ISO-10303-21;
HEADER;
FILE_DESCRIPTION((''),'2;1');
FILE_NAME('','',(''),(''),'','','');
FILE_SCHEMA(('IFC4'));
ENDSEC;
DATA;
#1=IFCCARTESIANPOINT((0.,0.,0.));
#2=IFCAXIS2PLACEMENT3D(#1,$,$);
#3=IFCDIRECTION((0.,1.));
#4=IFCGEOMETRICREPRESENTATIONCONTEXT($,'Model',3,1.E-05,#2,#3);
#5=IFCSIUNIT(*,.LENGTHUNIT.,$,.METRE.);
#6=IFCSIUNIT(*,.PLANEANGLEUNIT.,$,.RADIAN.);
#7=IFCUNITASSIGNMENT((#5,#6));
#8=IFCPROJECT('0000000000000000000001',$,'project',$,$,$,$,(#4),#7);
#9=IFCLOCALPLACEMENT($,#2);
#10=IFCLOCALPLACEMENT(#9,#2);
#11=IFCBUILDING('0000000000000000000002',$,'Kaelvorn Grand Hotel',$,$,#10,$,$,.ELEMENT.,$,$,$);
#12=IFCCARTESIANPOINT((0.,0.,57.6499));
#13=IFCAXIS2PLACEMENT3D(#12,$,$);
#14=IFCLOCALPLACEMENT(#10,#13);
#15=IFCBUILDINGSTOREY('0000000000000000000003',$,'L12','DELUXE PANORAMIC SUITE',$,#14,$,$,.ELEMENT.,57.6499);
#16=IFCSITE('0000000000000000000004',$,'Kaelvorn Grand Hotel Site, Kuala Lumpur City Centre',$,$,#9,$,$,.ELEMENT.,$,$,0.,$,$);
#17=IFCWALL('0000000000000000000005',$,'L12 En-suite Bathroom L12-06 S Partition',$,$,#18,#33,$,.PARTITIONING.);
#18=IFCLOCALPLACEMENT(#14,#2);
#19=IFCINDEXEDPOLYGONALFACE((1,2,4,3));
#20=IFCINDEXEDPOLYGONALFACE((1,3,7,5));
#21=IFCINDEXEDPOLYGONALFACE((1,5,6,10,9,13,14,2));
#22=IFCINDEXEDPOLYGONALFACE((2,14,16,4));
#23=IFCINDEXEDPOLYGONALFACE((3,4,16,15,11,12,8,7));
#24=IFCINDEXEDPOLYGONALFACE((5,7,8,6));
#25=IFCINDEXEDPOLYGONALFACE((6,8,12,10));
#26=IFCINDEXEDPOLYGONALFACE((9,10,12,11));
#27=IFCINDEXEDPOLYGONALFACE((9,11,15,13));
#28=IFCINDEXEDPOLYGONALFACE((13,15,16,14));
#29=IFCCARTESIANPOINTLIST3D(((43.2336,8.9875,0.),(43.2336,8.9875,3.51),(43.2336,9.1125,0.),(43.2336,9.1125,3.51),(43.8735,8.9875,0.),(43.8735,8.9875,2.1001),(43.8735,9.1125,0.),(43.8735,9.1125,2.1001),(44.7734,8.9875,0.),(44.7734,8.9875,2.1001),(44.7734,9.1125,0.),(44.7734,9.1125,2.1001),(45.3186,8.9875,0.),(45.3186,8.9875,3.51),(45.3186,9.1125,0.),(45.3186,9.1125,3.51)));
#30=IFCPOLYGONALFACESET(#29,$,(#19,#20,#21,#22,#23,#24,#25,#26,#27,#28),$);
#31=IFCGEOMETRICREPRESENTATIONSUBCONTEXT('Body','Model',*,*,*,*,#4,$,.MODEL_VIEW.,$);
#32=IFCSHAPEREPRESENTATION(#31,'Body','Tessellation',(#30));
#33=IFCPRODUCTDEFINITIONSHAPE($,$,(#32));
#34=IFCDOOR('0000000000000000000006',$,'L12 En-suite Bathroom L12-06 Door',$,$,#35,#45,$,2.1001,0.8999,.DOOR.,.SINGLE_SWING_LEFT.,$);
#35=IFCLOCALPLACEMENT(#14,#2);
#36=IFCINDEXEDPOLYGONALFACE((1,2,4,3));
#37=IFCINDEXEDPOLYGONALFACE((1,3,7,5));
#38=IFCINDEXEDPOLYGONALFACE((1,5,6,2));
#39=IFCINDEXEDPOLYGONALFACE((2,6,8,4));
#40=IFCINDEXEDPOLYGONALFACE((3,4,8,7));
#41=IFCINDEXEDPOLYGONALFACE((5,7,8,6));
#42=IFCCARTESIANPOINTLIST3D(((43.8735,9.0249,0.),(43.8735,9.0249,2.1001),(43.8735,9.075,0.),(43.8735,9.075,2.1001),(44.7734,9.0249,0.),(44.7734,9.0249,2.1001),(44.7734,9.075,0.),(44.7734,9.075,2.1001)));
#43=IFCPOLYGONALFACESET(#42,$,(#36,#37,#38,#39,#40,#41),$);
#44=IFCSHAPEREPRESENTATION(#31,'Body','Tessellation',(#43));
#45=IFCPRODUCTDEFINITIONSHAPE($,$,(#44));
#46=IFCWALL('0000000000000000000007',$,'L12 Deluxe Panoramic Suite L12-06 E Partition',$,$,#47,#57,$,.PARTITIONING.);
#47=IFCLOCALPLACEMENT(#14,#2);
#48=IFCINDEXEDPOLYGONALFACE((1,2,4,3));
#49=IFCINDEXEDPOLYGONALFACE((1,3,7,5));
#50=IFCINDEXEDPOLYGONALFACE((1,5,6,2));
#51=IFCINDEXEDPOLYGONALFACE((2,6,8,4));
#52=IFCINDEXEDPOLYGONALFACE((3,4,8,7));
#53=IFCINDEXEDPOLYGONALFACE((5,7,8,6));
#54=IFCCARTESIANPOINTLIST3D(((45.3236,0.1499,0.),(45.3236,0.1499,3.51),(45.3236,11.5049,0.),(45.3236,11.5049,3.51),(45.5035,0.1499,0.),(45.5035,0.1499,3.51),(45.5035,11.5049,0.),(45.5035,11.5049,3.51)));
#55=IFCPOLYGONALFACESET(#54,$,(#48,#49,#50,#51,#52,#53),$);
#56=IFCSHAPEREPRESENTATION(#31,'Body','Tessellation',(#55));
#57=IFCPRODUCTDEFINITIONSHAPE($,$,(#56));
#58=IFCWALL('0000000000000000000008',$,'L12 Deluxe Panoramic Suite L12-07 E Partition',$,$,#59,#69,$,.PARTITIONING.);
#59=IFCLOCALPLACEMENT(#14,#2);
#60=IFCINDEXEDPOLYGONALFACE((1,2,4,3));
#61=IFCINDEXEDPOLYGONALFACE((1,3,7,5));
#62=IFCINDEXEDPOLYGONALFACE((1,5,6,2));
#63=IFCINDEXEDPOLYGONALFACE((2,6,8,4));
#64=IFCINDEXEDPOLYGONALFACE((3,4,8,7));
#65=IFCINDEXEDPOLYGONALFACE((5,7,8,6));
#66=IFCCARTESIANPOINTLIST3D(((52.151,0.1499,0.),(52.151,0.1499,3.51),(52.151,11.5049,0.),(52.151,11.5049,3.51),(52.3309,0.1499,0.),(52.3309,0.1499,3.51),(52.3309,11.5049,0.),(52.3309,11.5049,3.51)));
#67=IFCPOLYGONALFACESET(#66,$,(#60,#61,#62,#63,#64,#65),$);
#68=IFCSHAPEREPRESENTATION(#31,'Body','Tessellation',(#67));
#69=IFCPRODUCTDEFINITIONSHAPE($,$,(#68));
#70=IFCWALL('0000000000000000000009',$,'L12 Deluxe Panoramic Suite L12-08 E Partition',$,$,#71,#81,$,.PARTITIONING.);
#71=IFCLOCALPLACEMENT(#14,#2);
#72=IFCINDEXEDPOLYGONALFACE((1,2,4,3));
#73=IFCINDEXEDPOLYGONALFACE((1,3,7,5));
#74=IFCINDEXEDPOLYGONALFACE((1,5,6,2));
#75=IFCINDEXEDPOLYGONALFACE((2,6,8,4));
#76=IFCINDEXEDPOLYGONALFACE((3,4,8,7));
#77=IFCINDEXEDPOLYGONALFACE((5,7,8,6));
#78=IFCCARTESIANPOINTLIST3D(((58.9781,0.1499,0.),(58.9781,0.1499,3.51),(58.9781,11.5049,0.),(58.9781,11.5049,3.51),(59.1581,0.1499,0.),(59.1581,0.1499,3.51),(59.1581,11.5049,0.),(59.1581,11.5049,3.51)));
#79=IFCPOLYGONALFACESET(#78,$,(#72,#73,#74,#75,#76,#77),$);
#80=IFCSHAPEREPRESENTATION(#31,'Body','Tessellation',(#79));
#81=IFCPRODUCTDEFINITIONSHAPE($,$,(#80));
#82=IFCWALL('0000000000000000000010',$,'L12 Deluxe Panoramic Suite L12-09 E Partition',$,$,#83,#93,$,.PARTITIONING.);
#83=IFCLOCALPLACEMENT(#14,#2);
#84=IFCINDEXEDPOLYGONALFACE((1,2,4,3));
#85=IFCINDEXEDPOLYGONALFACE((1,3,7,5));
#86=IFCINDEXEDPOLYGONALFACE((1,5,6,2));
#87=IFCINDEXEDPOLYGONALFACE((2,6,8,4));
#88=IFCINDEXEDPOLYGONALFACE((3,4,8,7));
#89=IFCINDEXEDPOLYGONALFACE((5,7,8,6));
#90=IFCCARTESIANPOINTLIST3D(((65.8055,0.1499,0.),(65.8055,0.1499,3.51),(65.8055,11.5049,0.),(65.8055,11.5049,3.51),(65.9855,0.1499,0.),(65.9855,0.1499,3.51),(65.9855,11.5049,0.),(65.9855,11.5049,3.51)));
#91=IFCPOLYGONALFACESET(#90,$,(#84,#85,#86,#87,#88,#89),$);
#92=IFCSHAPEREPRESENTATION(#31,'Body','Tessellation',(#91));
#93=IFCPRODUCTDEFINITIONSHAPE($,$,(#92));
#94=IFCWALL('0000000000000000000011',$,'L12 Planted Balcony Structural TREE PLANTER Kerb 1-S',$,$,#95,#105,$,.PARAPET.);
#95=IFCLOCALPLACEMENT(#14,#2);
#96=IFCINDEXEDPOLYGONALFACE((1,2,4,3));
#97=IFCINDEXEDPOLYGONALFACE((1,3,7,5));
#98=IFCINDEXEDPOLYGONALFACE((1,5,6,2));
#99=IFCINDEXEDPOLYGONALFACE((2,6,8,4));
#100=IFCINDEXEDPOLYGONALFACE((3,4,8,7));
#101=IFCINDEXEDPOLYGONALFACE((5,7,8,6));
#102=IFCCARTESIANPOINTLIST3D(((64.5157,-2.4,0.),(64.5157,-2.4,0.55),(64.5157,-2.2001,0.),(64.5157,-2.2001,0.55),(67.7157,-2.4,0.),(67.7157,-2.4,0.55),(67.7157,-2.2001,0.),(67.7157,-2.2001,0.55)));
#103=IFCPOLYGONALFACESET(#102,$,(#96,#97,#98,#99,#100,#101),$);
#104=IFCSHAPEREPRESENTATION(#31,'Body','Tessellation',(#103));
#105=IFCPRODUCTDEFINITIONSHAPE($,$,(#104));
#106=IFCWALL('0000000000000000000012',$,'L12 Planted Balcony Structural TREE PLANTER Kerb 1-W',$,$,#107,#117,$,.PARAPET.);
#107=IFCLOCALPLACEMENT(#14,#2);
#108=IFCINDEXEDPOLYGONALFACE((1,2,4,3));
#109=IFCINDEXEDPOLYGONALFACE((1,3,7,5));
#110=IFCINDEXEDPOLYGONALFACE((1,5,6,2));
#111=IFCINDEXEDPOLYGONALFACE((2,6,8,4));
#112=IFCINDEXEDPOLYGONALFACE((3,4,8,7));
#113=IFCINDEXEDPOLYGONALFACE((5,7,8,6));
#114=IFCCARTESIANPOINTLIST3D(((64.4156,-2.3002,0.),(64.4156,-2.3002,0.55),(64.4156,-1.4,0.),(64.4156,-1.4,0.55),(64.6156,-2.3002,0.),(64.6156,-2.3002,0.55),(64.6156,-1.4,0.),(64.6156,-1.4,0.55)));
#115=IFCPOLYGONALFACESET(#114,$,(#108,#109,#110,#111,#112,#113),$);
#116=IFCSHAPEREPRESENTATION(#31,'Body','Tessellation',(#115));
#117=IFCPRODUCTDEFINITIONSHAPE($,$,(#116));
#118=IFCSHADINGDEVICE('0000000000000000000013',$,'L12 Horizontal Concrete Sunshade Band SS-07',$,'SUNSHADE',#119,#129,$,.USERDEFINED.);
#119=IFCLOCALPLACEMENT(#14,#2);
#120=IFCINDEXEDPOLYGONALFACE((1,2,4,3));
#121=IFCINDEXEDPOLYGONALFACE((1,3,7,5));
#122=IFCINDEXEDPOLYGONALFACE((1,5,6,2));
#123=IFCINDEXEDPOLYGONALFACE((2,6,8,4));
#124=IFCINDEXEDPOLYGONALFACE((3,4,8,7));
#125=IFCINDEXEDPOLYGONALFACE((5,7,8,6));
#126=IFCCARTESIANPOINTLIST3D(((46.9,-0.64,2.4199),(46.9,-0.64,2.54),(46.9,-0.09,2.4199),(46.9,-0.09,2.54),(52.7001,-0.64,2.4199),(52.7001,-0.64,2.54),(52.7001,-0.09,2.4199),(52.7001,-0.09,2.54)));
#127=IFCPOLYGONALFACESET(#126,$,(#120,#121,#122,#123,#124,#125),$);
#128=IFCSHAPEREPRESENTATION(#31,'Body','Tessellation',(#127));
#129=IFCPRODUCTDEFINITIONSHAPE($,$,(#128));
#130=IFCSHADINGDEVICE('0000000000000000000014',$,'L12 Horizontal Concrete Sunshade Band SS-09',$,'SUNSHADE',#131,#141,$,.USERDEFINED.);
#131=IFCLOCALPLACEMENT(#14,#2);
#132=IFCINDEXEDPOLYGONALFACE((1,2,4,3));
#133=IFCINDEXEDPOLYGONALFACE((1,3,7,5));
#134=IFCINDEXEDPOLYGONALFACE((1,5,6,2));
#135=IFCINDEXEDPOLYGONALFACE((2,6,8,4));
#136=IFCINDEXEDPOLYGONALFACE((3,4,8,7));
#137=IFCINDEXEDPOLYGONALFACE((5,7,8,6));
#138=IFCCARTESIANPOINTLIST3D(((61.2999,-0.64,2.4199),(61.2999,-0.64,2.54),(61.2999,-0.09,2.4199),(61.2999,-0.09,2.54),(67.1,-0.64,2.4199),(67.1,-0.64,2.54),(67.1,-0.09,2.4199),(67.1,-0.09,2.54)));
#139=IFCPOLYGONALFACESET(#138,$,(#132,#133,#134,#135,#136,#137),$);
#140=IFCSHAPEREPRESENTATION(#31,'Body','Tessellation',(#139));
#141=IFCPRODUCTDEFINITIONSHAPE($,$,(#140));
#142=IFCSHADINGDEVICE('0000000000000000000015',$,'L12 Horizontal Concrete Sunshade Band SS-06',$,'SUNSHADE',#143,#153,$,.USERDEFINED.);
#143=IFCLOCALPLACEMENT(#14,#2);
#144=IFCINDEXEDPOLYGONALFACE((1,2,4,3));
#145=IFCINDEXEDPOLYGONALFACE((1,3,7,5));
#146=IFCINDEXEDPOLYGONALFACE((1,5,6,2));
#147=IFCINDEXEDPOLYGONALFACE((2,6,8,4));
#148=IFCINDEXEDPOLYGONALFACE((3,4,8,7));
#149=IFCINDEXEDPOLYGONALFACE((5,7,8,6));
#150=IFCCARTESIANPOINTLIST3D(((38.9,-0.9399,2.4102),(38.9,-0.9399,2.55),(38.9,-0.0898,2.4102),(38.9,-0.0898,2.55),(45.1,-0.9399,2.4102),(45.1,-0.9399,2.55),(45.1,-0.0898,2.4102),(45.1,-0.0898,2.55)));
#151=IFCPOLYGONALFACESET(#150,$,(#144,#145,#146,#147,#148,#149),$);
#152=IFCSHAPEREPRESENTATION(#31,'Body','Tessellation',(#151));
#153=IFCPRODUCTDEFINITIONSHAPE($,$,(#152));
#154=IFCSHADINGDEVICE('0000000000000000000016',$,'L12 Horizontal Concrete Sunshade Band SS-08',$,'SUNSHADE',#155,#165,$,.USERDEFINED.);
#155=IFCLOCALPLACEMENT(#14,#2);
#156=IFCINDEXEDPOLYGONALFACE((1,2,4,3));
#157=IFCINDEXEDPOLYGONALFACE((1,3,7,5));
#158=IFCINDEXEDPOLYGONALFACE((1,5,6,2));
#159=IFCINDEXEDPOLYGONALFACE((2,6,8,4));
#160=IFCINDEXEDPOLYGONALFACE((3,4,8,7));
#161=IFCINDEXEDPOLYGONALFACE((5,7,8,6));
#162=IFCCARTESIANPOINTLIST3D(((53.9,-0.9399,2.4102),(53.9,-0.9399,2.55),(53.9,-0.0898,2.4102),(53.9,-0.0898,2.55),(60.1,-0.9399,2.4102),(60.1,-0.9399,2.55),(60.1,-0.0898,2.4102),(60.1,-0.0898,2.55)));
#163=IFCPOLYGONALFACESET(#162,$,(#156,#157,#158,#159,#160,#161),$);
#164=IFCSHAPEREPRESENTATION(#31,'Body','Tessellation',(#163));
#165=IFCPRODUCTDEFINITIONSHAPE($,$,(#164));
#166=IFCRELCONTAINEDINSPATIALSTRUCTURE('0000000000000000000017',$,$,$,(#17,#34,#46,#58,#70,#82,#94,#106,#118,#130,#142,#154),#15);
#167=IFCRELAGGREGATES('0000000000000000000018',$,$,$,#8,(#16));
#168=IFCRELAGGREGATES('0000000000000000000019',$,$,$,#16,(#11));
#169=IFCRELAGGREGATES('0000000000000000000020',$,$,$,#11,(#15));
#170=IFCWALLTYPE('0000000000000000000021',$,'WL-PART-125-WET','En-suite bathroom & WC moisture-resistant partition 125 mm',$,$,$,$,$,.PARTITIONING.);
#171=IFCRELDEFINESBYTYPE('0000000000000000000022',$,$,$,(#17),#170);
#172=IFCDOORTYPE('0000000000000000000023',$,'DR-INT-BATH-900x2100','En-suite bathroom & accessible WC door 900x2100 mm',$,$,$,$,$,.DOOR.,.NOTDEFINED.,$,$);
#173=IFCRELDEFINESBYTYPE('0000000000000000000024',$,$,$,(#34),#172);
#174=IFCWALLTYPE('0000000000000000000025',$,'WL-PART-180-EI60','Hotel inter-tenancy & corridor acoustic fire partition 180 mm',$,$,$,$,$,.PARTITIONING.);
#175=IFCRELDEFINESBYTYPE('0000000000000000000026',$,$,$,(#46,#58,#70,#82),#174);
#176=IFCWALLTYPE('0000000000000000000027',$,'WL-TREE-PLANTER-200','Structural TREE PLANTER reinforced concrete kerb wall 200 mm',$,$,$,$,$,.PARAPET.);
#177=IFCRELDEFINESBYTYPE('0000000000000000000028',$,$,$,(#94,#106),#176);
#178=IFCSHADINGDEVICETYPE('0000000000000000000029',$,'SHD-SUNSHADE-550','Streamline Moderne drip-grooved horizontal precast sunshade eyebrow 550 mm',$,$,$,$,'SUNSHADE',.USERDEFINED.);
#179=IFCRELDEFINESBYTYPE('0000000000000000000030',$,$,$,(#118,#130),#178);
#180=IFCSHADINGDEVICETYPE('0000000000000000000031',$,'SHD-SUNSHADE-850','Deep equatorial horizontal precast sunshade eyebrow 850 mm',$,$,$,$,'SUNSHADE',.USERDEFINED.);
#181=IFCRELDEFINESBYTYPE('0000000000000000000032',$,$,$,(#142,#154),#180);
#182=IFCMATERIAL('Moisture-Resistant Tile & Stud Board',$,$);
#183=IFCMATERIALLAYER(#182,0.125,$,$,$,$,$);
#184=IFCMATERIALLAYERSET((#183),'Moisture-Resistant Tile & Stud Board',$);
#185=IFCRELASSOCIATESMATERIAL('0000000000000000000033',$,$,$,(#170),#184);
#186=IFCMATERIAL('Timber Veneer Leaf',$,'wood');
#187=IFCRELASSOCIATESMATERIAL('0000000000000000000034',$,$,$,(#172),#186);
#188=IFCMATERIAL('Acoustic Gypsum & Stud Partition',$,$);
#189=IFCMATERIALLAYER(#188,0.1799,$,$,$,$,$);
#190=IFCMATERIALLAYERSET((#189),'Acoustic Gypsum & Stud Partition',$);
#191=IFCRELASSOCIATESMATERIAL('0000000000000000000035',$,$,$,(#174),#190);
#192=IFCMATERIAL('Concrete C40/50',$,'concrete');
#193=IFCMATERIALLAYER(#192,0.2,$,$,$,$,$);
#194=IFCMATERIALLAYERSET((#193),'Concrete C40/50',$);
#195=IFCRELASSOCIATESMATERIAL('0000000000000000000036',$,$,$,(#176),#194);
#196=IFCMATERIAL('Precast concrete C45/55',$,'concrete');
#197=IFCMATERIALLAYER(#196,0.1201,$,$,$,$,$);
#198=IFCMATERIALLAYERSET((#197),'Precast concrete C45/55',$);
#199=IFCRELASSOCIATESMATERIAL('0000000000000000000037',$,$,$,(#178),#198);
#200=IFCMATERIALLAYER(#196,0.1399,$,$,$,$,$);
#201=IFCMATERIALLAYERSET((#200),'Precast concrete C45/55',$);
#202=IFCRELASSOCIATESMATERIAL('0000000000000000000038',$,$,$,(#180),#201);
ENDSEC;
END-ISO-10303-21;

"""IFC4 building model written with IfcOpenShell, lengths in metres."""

from ifc_helpers import new_model, si_unit, direction, frame, frame_2d, origin, origin_2d, place, context, subcontext, project, spatial, rectangle, extrude, material, layer, layer_set, type_object, element, fill, save


model = new_model("IFC4")

# Units and contexts
model_context = context("Model", 3, precision=1e-05, world=origin(), true_north=direction((0.0, 1.0)))
body_context = subcontext(model_context, "Body", "Model", "MODEL_VIEW")
ifc_project = project(units=[si_unit("LENGTHUNIT", "METRE"), si_unit("PLANEANGLEUNIT", "RADIAN")], contexts=[model_context])

# Site, building, storey
site_placement = place(None, origin())
site = spatial("IfcSite", under=ifc_project, at=site_placement, Name="Kaelvorn Grand Hotel Site, Kuala Lumpur City Centre", CompositionType="ELEMENT", RefElevation=0.0)
building_placement = place(site_placement, origin())
building = spatial("IfcBuilding", under=site, at=building_placement, Name="Kaelvorn Grand Hotel", CompositionType="ELEMENT")
storey_placement = place(building_placement, frame((0.0, 0.0, 57.6499)))
storey = spatial("IfcBuildingStorey", under=building, at=storey_placement, Name="L12", Description="DELUXE PANORAMIC SUITE", CompositionType="ELEMENT", Elevation=57.6499)

# Shared definitions
ifc_material_1 = material(Name="Concrete C40/50", Category="concrete")

# Wall, opening, door
ifc_material_2 = material(Name="Moisture-Resistant Tile & Stud Board")
ifc_layer_1 = layer(ifc_material_2, 0.125)
ifc_layer_set_1 = layer_set([ifc_layer_1], Name="Moisture-Resistant Tile & Stud Board")
wall_type_1 = type_object("IfcWallType", Name="WL-PART-125-WET", Description="En-suite bathroom & WC moisture-resistant partition 125 mm", PredefinedType="PARTITIONING", material=ifc_layer_set_1)
wall_1_placement = place(storey_placement, frame((43.2336, 9.05, 0.0), z_axis=(0.0, 0.0, 1.0), x_axis=(1.0, 0.0, 0.0)))
wall_1 = element("IfcWall", 1, at=wall_1_placement, inside=storey, type_object=wall_type_1, Name="L12 En-suite Bathroom L12-06 S Partition", PredefinedType="PARTITIONING", context=body_context, shape_type="SweptSolid", body=[
    extrude(rectangle(XDim=2.085, YDim=0.125, at=frame_2d((1.0425, 0.0))), origin(), (0.0, 0.0, 1.0), 3.51),
])
opening_placement = place(wall_1_placement, frame((0.6399, 0.0, 0.0)))
opening = element("IfcOpeningElement", 2, at=opening_placement, cuts=wall_1, PredefinedType="OPENING", context=body_context, shape_type="SweptSolid", body=[
    extrude(rectangle(XDim=0.8999, YDim=2.1001, at=frame_2d((0.45, 1.05))), frame((0.0, 0.0725, 0.0), z_axis=(0.0, -1.0, 0.0), x_axis=(1.0, 0.0, 0.0)), (0.0, 0.0, 1.0), 0.145),
])
ifc_material_3 = material(Name="Timber Veneer Leaf", Category="wood")
door_type = type_object("IfcDoorType", Name="DR-INT-BATH-900x2100", Description="En-suite bathroom & accessible WC door 900x2100 mm", OperationType="NOTDEFINED", PredefinedType="DOOR", material=ifc_material_3)
door_placement = place(opening_placement, origin())
door = element("IfcDoor", 3, at=door_placement, inside=storey, type_object=door_type, Name="L12 En-suite Bathroom L12-06 Door", OperationType="SINGLE_SWING_LEFT", OverallHeight=2.1001, OverallWidth=0.8999, PredefinedType="DOOR", context=body_context, shape_type="SweptSolid", body=[
    extrude(rectangle(XDim=0.8999, YDim=2.1001, at=frame_2d((0.45, 1.05))), frame((0.0, 0.0249, 0.0), z_axis=(0.0, -1.0, 0.0), x_axis=(1.0, 0.0, 0.0)), (0.0, 0.0, 1.0), 0.05),
])
fill(opening, door)

# Walls
ifc_material_4 = material(Name="Acoustic Gypsum & Stud Partition")
ifc_layer_2 = layer(ifc_material_4, 0.1799)
ifc_layer_set_2 = layer_set([ifc_layer_2], Name="Acoustic Gypsum & Stud Partition")
wall_type_2 = type_object("IfcWallType", Name="WL-PART-180-EI60", Description="Hotel inter-tenancy & corridor acoustic fire partition 180 mm", PredefinedType="PARTITIONING", material=ifc_layer_set_2)
for number, where, z_axis, x_axis, name in (
    (4, (45.4136, 0.1499, 0.0), (0.0, 0.0, 1.0), (0.0, 1.0, 0.0), "L12 Deluxe Panoramic Suite L12-06 E Partition"),
    (5, (52.241, 0.1499, 0.0), (0.0, 0.0, 1.0), (0.0, 1.0, 0.0), "L12 Deluxe Panoramic Suite L12-07 E Partition"),
    (6, (59.0681, 0.1499, 0.0), (0.0, 0.0, 1.0), (0.0, 1.0, 0.0), "L12 Deluxe Panoramic Suite L12-08 E Partition"),
    (7, (65.8955, 0.1499, 0.0), (0.0, 0.0, 1.0), (0.0, 1.0, 0.0), "L12 Deluxe Panoramic Suite L12-09 E Partition"),
):
    element("IfcWall", number, at=place(storey_placement, frame(where, z_axis=z_axis, x_axis=x_axis)), inside=storey, type_object=wall_type_2, Name=name, PredefinedType="PARTITIONING", context=body_context, shape_type="SweptSolid", body=[
        extrude(rectangle(XDim=11.355, YDim=0.1799, at=frame_2d((5.6775, 0.0))), origin(), (0.0, 0.0, 1.0), 3.51),
    ])
ifc_layer_3 = layer(ifc_material_1, 0.2)
ifc_layer_set_3 = layer_set([ifc_layer_3], Name="Concrete C40/50")
wall_type_3 = type_object("IfcWallType", Name="WL-TREE-PLANTER-200", Description="Structural TREE PLANTER reinforced concrete kerb wall 200 mm", PredefinedType="PARAPET", material=ifc_layer_set_3)
wall_2_placement = place(storey_placement, frame((64.5156, -2.3, 0.0), z_axis=(0.0, 0.0, 1.0), x_axis=(1.0, 0.0, 0.0)))
element("IfcWall", 8, at=wall_2_placement, inside=storey, type_object=wall_type_3, Name="L12 Planted Balcony Structural TREE PLANTER Kerb 1-S", PredefinedType="PARAPET", context=body_context, shape_type="SweptSolid", body=[
    extrude(rectangle(XDim=3.2, YDim=0.2, at=frame_2d((1.6001, 0.0))), origin(), (0.0, 0.0, 1.0), 0.55),
])
wall_3_placement = place(storey_placement, frame((64.5156, -1.3999, 0.0), z_axis=(0.0, 0.0, 1.0), x_axis=(0.0, -1.0, 0.0)))
element("IfcWall", 9, at=wall_3_placement, inside=storey, type_object=wall_type_3, Name="L12 Planted Balcony Structural TREE PLANTER Kerb 1-W", PredefinedType="PARAPET", context=body_context, shape_type="SweptSolid", body=[
    extrude(rectangle(XDim=0.9001, YDim=0.2, at=frame_2d((0.4502, 0.0))), origin(), (0.0, 0.0, 1.0), 0.55),
])

# Shading devices
ifc_material_5 = material(Name="Precast concrete C45/55", Category="concrete")
ifc_layer_4 = layer(ifc_material_5, 0.1201)
ifc_layer_set_4 = layer_set([ifc_layer_4], Name="Precast concrete C45/55")
shading_device_type_1 = type_object("IfcShadingDeviceType", Name="SHD-SUNSHADE-550", Description="Streamline Moderne drip-grooved horizontal precast sunshade eyebrow 550 mm", ElementType="SUNSHADE", PredefinedType="USERDEFINED", material=ifc_layer_set_4)
for number, where, z_axis, x_axis, name in (
    (10, (49.8, -0.365, 2.4199), (0.0, 0.0, 1.0), (1.0, 0.0, 0.0), "L12 Horizontal Concrete Sunshade Band SS-07"),
    (11, (64.2, -0.365, 2.4199), (0.0, 0.0, 1.0), (1.0, 0.0, 0.0), "L12 Horizontal Concrete Sunshade Band SS-09"),
):
    element("IfcShadingDevice", number, at=place(storey_placement, frame(where, z_axis=z_axis, x_axis=x_axis)), inside=storey, type_object=shading_device_type_1, Name=name, ObjectType="SUNSHADE", PredefinedType="USERDEFINED", context=body_context, shape_type="SweptSolid", body=[
        extrude(rectangle(XDim=5.8, YDim=0.55, at=origin_2d()), origin(), (0.0, 0.0, 1.0), 0.1201),
    ])
ifc_layer_5 = layer(ifc_material_5, 0.1399)
ifc_layer_set_5 = layer_set([ifc_layer_5], Name="Precast concrete C45/55")
shading_device_type_2 = type_object("IfcShadingDeviceType", Name="SHD-SUNSHADE-850", Description="Deep equatorial horizontal precast sunshade eyebrow 850 mm", ElementType="SUNSHADE", PredefinedType="USERDEFINED", material=ifc_layer_set_5)
for number, where, z_axis, x_axis, name in (
    (12, (42.0, -0.5149, 2.4102), (0.0, 0.0, 1.0), (1.0, 0.0, 0.0), "L12 Horizontal Concrete Sunshade Band SS-06"),
    (13, (57.0, -0.5149, 2.4102), (0.0, 0.0, 1.0), (1.0, 0.0, 0.0), "L12 Horizontal Concrete Sunshade Band SS-08"),
):
    element("IfcShadingDevice", number, at=place(storey_placement, frame(where, z_axis=z_axis, x_axis=x_axis)), inside=storey, type_object=shading_device_type_2, Name=name, ObjectType="SUNSHADE", PredefinedType="USERDEFINED", context=body_context, shape_type="SweptSolid", body=[
        extrude(rectangle(XDim=6.2, YDim=0.8501, at=origin_2d()), origin(), (0.0, 0.0, 1.0), 0.1399),
    ])

save(model, "model.ifc")
